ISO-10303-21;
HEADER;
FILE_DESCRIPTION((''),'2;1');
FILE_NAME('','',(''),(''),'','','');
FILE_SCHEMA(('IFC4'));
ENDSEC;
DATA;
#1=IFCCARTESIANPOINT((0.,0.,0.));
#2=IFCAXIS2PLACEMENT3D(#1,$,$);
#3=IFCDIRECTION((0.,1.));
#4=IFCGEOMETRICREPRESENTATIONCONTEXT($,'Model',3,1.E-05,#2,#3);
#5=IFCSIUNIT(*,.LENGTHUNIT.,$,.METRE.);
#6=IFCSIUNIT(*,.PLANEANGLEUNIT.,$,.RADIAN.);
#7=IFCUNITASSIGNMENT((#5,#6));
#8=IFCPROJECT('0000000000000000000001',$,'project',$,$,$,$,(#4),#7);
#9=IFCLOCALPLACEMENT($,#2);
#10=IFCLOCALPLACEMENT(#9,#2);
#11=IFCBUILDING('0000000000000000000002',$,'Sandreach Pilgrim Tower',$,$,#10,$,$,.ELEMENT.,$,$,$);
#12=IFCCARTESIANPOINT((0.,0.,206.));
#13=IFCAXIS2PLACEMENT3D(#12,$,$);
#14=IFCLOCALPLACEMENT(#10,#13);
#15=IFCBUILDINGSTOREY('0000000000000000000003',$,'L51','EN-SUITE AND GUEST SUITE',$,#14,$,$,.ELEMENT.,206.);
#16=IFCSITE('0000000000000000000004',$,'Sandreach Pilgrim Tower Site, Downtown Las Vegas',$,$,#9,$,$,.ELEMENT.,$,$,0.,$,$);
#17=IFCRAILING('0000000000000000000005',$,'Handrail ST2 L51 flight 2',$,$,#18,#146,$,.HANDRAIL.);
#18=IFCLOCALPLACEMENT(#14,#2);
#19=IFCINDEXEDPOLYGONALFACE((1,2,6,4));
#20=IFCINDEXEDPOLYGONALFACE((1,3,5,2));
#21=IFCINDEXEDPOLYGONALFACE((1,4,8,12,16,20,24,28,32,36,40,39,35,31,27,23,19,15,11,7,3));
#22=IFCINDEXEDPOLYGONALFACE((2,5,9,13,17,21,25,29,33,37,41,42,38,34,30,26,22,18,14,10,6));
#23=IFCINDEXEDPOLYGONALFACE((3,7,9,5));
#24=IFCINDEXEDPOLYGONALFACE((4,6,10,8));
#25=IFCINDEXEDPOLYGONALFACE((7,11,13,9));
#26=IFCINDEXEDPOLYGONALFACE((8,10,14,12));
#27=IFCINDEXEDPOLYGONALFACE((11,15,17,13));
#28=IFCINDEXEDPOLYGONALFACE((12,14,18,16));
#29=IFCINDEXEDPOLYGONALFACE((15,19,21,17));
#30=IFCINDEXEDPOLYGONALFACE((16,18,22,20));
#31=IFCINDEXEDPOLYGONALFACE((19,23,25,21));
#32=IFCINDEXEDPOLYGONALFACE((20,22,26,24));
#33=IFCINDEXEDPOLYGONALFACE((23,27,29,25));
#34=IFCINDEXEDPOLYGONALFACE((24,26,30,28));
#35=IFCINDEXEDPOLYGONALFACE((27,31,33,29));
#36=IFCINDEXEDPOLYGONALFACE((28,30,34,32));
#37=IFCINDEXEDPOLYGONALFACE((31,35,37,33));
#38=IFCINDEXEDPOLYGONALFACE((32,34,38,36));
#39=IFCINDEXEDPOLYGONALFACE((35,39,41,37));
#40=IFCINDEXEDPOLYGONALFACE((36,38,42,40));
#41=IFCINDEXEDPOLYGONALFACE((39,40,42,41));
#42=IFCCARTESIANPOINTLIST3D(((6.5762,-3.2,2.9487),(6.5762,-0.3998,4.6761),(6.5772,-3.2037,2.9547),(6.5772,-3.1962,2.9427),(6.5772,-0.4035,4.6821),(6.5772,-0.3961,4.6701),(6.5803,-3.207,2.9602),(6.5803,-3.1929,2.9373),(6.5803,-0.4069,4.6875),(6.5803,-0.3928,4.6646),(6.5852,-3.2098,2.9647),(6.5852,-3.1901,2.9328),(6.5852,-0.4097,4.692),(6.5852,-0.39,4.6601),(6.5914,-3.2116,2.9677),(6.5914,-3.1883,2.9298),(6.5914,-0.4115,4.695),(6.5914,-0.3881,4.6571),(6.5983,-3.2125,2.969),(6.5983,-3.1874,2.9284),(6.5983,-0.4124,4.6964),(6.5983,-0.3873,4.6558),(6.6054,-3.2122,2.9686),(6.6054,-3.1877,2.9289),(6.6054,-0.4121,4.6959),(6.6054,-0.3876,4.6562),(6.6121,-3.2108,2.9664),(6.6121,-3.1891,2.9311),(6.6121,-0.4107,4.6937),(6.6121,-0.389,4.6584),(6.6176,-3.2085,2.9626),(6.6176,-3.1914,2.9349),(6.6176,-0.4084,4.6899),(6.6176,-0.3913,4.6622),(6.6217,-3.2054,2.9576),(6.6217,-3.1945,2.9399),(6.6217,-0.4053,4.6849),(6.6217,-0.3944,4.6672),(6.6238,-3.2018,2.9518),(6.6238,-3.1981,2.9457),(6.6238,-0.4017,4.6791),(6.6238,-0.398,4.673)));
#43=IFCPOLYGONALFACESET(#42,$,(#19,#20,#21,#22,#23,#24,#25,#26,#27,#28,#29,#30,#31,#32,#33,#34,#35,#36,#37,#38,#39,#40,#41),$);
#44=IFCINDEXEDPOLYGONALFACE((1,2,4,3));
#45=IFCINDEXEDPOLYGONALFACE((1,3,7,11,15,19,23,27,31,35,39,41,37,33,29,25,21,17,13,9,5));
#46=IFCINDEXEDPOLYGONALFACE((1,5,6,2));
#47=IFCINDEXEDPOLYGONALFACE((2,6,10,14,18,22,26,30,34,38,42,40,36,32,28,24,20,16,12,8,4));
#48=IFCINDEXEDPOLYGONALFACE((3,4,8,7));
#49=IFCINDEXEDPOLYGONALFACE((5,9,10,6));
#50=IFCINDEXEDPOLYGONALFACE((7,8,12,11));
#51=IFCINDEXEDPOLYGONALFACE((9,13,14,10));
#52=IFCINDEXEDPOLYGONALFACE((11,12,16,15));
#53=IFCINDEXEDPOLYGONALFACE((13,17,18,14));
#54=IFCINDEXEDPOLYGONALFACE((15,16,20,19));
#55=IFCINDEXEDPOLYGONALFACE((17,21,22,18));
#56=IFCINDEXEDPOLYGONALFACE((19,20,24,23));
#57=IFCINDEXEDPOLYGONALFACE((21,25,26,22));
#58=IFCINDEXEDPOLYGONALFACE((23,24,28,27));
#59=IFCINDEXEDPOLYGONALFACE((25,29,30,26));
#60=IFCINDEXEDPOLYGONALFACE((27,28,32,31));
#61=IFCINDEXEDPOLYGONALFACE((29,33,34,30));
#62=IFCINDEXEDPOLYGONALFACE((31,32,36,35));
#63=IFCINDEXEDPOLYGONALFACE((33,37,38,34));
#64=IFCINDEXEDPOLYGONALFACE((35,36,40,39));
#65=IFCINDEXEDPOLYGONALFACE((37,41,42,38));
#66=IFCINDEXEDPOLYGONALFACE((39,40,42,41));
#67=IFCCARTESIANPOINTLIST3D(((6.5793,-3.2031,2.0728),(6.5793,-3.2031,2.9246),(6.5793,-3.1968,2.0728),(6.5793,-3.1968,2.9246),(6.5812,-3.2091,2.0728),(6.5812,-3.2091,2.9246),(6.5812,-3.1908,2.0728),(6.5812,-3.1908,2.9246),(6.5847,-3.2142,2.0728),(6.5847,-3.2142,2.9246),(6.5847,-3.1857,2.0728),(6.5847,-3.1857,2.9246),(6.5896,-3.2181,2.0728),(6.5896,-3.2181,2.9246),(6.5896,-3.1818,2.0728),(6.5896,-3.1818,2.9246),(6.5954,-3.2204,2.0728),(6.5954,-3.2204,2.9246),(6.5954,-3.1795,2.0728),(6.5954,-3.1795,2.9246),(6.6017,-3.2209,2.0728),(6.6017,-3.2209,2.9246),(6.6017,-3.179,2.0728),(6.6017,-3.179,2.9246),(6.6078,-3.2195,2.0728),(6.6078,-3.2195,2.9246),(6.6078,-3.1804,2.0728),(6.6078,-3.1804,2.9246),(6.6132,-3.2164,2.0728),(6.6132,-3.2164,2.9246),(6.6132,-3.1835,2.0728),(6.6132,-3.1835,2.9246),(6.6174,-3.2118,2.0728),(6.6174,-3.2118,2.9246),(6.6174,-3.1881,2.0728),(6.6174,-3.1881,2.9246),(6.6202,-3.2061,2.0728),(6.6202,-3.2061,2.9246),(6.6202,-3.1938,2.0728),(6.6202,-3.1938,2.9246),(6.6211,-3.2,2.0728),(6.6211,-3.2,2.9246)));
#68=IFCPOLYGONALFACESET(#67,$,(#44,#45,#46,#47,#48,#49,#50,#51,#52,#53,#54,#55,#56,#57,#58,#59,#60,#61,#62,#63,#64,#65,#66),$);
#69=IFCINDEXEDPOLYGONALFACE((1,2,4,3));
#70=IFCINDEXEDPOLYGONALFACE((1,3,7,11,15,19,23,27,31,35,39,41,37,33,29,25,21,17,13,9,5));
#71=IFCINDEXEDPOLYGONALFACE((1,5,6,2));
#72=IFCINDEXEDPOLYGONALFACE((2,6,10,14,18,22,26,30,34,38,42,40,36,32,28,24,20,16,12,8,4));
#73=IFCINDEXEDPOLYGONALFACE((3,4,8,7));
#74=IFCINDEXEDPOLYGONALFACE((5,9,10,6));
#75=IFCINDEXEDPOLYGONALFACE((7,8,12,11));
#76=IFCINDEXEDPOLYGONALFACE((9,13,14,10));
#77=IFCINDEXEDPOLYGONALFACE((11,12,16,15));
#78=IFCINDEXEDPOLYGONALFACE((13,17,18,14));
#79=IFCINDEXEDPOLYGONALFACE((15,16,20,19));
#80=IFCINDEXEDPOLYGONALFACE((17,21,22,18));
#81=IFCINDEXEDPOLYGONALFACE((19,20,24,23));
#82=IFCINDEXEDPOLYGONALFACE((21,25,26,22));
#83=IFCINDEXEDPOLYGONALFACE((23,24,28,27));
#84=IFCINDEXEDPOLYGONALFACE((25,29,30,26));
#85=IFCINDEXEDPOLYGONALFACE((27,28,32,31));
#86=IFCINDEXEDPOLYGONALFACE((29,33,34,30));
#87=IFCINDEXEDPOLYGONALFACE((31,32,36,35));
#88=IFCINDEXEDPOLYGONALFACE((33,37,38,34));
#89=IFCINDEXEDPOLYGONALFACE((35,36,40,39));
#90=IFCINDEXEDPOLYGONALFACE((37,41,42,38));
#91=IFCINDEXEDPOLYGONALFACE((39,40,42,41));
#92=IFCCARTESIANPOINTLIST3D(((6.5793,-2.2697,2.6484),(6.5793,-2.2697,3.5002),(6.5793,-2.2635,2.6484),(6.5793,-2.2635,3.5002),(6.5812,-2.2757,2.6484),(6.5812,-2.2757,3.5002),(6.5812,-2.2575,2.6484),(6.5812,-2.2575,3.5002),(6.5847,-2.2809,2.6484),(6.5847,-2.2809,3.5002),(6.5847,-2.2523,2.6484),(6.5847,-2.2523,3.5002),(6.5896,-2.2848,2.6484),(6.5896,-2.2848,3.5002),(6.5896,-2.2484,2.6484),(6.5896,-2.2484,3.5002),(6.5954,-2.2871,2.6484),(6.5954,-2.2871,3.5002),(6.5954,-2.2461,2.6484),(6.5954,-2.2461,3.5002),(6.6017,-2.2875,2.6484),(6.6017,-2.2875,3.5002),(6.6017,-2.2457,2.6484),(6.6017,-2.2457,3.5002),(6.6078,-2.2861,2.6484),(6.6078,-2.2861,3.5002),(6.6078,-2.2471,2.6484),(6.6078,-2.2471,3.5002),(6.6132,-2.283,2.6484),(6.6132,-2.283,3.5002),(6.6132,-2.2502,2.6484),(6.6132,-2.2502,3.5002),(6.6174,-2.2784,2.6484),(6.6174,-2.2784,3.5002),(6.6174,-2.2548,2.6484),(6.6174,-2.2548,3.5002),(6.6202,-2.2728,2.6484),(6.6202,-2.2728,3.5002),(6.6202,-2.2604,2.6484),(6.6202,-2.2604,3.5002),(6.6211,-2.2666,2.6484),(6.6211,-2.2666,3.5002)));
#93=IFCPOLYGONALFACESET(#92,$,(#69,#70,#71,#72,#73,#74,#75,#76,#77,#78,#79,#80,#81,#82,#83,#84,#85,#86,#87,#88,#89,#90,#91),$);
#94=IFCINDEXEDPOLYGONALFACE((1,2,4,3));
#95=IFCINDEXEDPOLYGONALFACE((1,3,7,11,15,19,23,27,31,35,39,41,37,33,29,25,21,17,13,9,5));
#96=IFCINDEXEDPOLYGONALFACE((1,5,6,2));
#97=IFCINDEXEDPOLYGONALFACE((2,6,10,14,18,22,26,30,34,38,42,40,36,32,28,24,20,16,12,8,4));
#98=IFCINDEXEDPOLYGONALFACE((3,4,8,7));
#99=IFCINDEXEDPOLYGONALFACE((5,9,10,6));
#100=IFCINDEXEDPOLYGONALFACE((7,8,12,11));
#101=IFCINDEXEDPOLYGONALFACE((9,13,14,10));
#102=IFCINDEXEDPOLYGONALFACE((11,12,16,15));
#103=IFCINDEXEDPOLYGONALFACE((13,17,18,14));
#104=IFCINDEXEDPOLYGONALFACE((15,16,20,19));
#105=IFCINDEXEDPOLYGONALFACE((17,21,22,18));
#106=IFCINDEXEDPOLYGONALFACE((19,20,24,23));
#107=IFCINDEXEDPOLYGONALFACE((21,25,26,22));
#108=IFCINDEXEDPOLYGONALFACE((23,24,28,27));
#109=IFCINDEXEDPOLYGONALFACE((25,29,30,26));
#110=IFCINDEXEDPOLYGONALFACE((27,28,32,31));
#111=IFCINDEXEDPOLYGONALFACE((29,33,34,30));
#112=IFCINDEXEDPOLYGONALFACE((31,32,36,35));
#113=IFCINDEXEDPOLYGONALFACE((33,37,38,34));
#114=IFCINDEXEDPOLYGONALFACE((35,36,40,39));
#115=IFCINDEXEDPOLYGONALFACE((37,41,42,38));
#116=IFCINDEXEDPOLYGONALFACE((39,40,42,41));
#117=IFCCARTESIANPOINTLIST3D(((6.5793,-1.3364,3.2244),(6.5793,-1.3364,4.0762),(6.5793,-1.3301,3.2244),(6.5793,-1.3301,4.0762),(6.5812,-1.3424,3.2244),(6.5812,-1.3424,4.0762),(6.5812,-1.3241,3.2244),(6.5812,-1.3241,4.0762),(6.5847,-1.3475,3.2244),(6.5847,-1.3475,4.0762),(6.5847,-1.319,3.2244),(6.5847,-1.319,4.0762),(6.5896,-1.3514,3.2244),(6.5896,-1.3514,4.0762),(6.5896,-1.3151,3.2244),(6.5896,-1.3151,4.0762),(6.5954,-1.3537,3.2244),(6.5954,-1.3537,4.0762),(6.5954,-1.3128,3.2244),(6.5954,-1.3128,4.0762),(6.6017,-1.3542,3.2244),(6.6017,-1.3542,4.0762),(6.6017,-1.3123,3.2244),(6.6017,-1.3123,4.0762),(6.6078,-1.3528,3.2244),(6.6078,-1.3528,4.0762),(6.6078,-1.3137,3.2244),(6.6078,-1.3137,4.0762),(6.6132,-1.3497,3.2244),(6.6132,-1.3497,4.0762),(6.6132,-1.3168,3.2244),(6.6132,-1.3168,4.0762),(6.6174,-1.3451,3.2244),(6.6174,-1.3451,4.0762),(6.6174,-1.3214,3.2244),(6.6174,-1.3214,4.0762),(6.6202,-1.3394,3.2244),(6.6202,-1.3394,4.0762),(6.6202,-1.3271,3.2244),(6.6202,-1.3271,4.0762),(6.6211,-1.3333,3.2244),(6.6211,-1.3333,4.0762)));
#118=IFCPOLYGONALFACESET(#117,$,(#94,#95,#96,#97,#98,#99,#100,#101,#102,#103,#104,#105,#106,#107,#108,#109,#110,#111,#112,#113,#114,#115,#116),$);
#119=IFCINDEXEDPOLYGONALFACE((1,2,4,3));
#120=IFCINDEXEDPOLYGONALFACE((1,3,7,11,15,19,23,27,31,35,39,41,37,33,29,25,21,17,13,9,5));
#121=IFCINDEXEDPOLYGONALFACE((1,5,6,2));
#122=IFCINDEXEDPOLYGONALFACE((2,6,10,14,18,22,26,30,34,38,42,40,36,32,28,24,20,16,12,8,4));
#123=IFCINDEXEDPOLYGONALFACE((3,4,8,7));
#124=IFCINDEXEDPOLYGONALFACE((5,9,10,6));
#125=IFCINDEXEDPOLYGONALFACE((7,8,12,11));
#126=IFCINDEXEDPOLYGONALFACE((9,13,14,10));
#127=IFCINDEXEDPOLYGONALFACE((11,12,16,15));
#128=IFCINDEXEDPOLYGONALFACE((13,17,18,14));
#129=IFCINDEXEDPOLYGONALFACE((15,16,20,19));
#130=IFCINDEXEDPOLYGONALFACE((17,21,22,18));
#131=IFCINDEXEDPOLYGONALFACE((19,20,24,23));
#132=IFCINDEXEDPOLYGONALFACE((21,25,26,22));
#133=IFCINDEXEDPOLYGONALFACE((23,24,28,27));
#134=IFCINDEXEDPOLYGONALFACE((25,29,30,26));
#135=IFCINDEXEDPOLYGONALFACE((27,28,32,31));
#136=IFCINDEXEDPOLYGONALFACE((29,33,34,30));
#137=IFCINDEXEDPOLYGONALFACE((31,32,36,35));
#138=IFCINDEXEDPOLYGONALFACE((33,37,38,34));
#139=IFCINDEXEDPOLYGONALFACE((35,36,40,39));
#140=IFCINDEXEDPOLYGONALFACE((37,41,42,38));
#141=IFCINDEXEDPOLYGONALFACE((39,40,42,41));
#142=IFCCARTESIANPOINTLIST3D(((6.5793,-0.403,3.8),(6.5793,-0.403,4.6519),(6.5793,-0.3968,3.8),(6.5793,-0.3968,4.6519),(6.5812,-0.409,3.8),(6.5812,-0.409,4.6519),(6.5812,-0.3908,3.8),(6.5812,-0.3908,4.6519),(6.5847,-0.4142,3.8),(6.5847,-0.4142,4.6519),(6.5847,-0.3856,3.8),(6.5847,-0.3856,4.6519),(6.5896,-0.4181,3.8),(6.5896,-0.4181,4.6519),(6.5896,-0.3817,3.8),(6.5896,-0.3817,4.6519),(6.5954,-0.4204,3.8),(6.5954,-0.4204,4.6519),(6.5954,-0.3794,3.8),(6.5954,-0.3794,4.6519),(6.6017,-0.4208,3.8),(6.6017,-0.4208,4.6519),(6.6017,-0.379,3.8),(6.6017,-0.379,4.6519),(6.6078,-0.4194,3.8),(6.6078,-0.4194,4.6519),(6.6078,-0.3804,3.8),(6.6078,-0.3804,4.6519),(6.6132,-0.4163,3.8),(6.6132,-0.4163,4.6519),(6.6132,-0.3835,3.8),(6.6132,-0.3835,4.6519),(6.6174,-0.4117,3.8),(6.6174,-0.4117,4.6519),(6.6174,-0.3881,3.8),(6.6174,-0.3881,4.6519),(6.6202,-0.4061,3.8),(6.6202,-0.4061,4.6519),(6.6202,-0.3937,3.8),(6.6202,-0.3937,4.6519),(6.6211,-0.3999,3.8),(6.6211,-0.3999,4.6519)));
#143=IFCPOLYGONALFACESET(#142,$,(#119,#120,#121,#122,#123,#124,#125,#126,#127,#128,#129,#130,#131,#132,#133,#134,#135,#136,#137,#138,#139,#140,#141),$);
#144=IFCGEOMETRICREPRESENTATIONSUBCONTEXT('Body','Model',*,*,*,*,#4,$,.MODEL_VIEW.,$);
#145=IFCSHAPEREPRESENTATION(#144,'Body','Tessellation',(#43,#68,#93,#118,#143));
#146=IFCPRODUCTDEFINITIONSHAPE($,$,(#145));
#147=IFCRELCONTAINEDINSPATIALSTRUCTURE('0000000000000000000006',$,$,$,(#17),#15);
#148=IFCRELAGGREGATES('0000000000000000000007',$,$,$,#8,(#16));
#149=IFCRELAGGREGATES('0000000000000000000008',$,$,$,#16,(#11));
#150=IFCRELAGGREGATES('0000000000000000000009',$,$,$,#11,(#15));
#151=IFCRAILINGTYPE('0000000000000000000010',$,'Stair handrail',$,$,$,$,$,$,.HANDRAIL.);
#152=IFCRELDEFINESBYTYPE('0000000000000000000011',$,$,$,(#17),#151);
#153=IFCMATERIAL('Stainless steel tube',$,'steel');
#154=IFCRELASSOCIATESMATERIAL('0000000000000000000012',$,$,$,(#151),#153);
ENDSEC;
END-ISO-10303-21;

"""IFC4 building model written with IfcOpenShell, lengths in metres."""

from ifc_helpers import new_model, si_unit, direction, frame, origin, origin_2d, place, context, subcontext, project, spatial, circle, extrude, material, type_object, element, save


model = new_model("IFC4")

# Units and contexts
model_context = context("Model", 3, precision=1e-05, world=origin(), true_north=direction((0.0, 1.0)))
body_context = subcontext(model_context, "Body", "Model", "MODEL_VIEW")
ifc_project = project(units=[si_unit("LENGTHUNIT", "METRE"), si_unit("PLANEANGLEUNIT", "RADIAN")], contexts=[model_context])

# Site, building, storey
site_placement = place(None, origin())
site = spatial("IfcSite", under=ifc_project, at=site_placement, Name="Sandreach Pilgrim Tower Site, Downtown Las Vegas", CompositionType="ELEMENT", RefElevation=0.0)
building_placement = place(site_placement, origin())
building = spatial("IfcBuilding", under=site, at=building_placement, Name="Sandreach Pilgrim Tower", CompositionType="ELEMENT")
storey_placement = place(building_placement, frame((0.0, 0.0, 206.0)))
storey = spatial("IfcBuildingStorey", under=building, at=storey_placement, Name="L51", Description="EN-SUITE AND GUEST SUITE", CompositionType="ELEMENT", Elevation=206.0)

# Railing
ifc_material_1 = material(Name="Stainless steel tube", Category="steel")
railing_type = type_object("IfcRailingType", Name="Stair handrail", PredefinedType="HANDRAIL", material=ifc_material_1)
for number, where, name in (
    (1, (6.6001, -3.2, 2.0728), "Handrail ST2 L51 flight 2"),
):
    element("IfcRailing", number, at=place(storey_placement, frame(where)), inside=storey, type_object=railing_type, Name=name, PredefinedType="HANDRAIL", context=body_context, shape_type="SweptSolid", body=[
        extrude(circle(Radius=0.0239, at=origin_2d()), frame((0.0, 0.0, 0.876), z_axis=(0.0, 0.85109, 0.52502), x_axis=(-1.0, 0.0, 0.0)), (0.0, 0.0, 1.0), 3.29),
        extrude(circle(Radius=0.021, at=origin_2d()), origin(), (0.0, 0.0, 1.0), 0.8518),
        extrude(circle(Radius=0.021, at=origin_2d()), frame((0.0, 0.9333, 0.5757)), (0.0, 0.0, 1.0), 0.8518),
        extrude(circle(Radius=0.021, at=origin_2d()), frame((0.0, 1.8667, 1.1516)), (0.0, 0.0, 1.0), 0.8518),
        extrude(circle(Radius=0.021, at=origin_2d()), frame((0.0, 2.8, 1.7273)), (0.0, 0.0, 1.0), 0.8518),
    ])

save(model, "model.ifc")
